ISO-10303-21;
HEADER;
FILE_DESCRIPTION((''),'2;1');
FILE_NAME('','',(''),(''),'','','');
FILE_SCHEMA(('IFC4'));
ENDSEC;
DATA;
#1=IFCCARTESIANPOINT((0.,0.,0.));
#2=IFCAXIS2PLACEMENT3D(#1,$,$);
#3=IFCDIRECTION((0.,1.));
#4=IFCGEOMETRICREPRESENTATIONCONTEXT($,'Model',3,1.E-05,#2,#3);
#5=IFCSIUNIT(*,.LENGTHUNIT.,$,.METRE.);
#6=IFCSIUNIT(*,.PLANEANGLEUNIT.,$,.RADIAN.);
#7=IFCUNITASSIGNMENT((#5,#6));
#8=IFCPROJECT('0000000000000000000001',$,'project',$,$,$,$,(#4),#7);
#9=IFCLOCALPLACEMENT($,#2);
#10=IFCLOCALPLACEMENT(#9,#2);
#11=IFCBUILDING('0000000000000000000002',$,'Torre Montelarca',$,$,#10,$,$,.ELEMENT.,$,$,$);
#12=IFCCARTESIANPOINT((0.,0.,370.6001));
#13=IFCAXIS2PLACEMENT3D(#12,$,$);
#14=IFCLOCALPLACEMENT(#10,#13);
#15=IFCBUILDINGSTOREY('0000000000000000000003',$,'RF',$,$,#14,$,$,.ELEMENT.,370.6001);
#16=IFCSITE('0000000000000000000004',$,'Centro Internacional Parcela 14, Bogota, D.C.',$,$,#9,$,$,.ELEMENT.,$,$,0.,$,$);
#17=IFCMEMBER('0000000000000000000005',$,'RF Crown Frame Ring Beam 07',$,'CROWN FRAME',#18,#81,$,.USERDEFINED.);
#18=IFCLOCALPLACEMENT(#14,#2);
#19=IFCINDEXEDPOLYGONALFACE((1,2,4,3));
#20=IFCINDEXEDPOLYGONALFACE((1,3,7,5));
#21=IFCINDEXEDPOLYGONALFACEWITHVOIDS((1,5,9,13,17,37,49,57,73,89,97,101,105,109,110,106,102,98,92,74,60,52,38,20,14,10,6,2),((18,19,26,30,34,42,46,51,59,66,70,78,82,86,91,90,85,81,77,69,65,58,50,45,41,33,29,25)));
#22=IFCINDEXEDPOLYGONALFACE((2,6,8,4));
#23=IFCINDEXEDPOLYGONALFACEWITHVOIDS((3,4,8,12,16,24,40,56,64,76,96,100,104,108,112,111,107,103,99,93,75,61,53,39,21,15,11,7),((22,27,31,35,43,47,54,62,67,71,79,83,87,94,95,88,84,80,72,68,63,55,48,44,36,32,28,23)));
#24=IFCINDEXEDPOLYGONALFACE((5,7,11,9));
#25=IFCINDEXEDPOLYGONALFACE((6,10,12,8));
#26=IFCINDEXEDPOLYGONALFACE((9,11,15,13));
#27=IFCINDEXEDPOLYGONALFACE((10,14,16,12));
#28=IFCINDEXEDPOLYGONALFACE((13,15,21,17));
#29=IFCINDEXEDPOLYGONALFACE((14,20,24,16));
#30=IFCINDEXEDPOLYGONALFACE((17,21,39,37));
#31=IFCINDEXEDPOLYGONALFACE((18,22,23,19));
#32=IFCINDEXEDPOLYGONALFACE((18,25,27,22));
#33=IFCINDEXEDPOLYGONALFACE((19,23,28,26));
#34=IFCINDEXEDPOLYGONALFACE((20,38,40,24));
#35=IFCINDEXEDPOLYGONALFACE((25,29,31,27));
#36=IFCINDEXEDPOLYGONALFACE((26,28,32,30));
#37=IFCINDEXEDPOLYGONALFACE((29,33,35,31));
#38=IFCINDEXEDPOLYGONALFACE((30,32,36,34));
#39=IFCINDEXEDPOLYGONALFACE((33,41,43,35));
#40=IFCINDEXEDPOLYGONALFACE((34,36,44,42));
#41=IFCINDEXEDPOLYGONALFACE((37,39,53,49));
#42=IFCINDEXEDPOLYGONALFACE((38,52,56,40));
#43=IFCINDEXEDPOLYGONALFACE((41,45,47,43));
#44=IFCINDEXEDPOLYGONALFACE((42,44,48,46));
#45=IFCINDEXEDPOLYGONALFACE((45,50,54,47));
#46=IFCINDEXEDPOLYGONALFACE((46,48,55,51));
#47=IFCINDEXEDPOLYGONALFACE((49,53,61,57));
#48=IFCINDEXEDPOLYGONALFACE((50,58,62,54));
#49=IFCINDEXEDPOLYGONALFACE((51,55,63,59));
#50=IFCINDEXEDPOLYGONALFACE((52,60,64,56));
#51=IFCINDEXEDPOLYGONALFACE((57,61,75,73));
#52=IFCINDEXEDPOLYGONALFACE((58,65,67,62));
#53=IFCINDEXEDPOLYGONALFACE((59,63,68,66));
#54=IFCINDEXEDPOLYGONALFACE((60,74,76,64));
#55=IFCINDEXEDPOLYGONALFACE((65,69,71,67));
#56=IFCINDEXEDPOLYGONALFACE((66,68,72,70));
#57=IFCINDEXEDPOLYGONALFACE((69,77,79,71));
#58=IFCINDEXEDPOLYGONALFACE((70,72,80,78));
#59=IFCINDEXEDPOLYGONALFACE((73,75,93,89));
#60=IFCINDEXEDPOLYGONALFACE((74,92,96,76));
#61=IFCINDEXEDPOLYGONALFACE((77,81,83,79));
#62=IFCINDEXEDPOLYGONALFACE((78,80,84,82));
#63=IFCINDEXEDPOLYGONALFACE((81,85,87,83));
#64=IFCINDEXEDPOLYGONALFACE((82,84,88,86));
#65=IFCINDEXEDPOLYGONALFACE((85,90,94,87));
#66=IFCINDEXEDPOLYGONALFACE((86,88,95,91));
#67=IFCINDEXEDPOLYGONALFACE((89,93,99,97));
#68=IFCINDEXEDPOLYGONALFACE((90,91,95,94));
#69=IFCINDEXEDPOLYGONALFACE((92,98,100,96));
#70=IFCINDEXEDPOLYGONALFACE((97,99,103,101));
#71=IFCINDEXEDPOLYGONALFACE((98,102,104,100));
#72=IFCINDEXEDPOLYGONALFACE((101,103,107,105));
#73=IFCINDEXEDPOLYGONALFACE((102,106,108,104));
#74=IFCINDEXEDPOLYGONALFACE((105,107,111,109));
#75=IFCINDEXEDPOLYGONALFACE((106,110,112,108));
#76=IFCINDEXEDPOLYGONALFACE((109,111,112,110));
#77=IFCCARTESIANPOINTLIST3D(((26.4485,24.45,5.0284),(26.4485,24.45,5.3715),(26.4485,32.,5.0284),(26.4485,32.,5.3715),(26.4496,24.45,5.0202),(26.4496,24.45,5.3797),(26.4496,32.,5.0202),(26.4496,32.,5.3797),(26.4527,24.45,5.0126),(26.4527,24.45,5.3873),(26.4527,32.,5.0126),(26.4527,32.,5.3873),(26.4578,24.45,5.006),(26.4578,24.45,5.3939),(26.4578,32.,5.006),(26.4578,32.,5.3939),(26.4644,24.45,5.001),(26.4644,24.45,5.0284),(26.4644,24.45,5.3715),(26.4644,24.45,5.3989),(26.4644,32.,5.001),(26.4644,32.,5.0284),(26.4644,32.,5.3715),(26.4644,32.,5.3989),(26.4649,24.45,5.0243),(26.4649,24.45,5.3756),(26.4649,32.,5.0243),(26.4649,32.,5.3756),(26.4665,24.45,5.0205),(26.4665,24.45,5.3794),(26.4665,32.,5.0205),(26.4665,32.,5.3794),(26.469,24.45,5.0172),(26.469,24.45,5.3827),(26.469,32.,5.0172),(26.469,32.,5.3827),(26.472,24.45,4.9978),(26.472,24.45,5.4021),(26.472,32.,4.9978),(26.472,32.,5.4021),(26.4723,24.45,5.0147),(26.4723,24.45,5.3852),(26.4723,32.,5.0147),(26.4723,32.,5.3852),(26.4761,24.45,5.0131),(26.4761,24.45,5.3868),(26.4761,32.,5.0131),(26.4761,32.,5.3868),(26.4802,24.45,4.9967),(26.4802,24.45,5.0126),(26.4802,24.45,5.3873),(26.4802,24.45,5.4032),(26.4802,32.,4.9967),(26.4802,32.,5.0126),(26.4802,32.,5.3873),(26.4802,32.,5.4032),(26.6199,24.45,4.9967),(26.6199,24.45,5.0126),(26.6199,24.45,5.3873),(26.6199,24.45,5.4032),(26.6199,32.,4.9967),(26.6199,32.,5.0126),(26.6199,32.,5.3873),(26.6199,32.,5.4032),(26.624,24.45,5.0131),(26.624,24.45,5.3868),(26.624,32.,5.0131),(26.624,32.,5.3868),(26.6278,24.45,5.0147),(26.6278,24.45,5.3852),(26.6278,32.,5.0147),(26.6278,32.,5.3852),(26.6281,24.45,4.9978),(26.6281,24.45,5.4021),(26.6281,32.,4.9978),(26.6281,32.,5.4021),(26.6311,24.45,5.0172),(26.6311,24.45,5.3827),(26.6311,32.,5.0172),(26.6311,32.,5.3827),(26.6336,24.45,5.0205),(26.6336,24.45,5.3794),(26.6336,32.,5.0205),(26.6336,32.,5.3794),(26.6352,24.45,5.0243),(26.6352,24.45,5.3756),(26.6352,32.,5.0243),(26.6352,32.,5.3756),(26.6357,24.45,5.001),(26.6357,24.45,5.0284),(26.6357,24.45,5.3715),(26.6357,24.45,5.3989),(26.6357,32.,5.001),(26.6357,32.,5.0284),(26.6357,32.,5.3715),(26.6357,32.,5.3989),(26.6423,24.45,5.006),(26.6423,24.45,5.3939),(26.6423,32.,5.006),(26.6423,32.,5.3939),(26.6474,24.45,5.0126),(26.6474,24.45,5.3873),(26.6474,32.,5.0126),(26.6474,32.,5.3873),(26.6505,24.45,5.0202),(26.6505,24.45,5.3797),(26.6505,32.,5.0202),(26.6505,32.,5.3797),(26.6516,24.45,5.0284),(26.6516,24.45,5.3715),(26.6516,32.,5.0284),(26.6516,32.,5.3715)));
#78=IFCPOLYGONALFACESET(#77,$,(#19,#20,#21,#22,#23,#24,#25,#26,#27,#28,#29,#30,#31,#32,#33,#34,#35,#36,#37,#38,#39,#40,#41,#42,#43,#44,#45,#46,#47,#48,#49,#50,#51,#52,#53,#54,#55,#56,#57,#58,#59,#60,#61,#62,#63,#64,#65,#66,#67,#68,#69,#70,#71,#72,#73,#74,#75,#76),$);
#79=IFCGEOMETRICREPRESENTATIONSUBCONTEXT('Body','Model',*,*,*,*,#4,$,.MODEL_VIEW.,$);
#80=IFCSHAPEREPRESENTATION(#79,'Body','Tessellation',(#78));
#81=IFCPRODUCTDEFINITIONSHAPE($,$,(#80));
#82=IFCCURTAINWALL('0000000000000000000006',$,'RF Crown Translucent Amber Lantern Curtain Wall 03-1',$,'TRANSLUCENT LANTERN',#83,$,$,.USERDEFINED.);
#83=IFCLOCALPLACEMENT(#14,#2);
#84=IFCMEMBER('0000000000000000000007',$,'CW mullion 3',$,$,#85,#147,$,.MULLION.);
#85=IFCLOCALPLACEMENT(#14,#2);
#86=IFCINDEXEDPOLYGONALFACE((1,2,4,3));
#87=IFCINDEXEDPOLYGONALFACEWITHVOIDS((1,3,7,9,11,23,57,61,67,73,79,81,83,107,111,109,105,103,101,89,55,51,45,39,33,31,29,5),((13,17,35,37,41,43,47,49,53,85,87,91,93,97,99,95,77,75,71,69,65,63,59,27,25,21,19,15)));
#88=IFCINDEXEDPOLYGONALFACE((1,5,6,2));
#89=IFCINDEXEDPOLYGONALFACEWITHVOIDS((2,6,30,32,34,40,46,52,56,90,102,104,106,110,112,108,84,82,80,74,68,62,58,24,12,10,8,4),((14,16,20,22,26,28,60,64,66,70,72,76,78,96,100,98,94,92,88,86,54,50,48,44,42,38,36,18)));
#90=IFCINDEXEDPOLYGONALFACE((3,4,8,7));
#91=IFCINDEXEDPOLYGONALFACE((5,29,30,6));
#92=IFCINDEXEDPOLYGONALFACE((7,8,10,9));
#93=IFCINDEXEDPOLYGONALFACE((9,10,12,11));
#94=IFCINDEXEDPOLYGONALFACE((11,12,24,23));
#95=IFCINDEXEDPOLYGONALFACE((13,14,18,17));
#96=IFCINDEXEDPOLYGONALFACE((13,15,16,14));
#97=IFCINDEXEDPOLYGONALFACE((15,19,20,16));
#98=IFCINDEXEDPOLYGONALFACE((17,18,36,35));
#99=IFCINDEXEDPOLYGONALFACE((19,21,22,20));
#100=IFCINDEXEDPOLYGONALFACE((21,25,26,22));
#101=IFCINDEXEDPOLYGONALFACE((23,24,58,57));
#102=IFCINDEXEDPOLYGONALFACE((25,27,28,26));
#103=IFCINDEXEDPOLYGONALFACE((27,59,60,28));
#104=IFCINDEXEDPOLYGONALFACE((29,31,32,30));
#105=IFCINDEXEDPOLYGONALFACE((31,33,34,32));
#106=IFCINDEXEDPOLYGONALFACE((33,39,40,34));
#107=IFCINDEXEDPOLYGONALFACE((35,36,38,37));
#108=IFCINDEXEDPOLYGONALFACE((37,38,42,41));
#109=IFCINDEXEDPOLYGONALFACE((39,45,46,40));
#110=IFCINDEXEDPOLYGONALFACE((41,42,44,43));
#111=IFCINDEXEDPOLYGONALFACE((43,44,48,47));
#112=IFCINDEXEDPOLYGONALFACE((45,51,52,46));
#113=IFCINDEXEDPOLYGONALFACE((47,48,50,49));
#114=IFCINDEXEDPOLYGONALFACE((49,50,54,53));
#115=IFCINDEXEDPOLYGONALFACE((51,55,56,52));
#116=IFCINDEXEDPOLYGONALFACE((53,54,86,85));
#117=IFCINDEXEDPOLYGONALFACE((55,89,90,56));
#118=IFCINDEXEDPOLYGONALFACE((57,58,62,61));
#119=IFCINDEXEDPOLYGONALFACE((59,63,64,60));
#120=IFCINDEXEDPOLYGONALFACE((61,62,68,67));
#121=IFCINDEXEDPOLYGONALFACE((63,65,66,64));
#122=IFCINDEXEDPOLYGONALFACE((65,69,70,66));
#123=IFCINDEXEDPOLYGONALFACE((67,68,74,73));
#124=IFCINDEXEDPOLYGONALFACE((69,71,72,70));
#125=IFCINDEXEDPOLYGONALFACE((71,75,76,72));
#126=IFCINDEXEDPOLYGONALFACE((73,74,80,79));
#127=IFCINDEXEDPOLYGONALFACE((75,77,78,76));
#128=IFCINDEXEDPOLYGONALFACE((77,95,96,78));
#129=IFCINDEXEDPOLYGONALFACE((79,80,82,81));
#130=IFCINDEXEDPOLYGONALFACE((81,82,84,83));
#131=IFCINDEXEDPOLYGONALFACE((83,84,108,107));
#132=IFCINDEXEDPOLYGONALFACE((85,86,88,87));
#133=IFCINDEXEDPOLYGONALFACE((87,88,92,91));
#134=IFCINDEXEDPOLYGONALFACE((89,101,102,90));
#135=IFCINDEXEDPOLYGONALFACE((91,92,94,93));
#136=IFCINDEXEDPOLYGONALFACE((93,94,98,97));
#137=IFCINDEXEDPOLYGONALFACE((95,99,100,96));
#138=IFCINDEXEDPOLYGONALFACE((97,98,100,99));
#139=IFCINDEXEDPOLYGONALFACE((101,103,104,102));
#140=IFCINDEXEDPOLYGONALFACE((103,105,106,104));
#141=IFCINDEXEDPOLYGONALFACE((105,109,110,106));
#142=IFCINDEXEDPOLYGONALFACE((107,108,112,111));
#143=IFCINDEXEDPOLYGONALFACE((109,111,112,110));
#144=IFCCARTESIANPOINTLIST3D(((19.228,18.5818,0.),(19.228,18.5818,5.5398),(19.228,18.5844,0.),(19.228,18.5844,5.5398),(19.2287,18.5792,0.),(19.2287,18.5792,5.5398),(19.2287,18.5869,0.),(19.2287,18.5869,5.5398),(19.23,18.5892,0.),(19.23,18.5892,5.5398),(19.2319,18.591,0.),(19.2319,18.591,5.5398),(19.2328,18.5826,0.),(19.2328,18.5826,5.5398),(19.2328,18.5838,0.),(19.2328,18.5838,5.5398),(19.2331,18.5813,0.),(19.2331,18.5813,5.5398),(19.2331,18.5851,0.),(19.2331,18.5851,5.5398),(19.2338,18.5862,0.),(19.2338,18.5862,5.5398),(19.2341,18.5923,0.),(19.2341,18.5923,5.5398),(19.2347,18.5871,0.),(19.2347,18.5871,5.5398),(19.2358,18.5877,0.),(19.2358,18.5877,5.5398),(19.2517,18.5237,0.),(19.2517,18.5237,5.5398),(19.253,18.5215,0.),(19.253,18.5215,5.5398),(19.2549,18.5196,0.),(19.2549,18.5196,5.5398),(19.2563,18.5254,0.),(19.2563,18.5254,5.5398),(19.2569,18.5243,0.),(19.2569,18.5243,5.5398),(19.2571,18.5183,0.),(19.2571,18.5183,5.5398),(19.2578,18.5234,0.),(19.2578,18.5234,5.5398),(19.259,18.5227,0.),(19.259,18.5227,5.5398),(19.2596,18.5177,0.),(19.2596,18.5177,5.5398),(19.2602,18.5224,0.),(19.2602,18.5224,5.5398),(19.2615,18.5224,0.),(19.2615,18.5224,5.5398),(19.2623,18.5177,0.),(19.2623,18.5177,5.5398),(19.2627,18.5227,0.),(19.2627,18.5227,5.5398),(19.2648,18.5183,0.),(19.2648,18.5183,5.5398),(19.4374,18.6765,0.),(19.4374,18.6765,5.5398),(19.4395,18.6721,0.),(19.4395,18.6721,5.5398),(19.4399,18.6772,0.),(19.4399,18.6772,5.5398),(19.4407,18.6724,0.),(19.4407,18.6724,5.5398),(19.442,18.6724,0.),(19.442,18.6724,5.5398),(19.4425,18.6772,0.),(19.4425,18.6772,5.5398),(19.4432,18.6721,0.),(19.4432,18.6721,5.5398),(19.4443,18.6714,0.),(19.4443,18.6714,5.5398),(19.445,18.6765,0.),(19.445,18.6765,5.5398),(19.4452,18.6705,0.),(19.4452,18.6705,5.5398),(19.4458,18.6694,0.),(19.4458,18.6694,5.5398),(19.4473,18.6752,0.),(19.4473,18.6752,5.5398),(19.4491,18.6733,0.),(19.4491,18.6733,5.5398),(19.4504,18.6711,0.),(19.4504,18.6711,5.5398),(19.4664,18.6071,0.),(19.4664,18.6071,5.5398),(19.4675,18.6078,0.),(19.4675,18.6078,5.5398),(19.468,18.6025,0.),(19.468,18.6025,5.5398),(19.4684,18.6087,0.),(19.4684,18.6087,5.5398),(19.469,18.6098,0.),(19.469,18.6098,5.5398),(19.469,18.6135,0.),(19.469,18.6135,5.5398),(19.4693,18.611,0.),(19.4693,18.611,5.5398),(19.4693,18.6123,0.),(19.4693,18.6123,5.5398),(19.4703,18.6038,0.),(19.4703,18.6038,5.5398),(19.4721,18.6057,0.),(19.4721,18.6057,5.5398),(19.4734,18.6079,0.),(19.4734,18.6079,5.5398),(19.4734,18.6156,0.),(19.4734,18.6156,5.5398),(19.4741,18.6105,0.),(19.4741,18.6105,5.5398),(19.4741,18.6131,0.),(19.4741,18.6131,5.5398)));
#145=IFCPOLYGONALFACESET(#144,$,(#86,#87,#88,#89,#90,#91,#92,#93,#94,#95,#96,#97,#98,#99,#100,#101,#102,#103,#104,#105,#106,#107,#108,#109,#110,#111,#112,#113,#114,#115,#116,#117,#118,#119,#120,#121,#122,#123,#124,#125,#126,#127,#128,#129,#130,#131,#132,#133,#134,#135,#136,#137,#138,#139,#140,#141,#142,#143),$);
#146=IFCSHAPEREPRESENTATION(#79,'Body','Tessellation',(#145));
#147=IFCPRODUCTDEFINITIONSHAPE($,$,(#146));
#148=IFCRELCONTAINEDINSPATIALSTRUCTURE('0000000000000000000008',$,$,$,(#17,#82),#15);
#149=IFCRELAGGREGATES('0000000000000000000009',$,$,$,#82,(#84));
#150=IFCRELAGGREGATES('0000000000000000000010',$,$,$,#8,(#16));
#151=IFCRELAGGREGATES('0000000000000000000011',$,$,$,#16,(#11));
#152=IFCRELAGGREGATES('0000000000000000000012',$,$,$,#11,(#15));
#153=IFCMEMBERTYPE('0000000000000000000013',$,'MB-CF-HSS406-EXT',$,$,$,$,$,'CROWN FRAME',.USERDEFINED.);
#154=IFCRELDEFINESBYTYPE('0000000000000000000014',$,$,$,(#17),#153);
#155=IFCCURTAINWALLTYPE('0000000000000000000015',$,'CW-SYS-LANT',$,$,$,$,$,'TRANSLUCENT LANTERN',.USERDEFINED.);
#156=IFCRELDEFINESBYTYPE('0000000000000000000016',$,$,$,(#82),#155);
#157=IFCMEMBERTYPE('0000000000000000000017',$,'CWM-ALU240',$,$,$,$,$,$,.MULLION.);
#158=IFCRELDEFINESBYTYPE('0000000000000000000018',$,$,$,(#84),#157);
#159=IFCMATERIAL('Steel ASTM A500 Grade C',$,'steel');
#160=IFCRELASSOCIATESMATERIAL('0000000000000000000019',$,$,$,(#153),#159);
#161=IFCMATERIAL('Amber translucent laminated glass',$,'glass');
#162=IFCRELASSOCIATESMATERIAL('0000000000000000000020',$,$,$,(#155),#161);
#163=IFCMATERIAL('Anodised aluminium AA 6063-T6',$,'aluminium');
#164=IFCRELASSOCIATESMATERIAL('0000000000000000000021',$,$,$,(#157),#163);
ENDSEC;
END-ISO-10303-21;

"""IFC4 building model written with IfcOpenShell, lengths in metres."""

from ifc_helpers import new_model, si_unit, direction, frame, origin, origin_2d, place, context, subcontext, project, spatial, hollow_rectangle, extrude, source, transform, mapped, material, material_profile, profile_set, type_object, element, aggregate, save


model = new_model("IFC4")

# Units and contexts
model_context = context("Model", 3, precision=1e-05, world=origin(), true_north=direction((0.0, 1.0)))
body_context = subcontext(model_context, "Body", "Model", "MODEL_VIEW")
ifc_project = project(units=[si_unit("LENGTHUNIT", "METRE"), si_unit("PLANEANGLEUNIT", "RADIAN")], contexts=[model_context])

# Site, building, storey
site_placement = place(None, origin())
site = spatial("IfcSite", under=ifc_project, at=site_placement, Name="Centro Internacional Parcela 14, Bogota, D.C.", CompositionType="ELEMENT", RefElevation=0.0)
building_placement = place(site_placement, origin())
building = spatial("IfcBuilding", under=site, at=building_placement, Name="Torre Montelarca", CompositionType="ELEMENT")
storey_placement = place(building_placement, frame((0.0, 0.0, 370.6001)))
storey = spatial("IfcBuildingStorey", under=building, at=storey_placement, Name="RF", CompositionType="ELEMENT", Elevation=370.6001)

# Shared definitions
ifc_material_1 = material(Name="Steel ASTM A500 Grade C", Category="steel")

# Member
ifc_material_profile_1 = material_profile(ifc_material_1, hollow_rectangle(XDim=0.2031, YDim=0.4065, WallThickness=0.0159, InnerFilletRadius=0.0159, OuterFilletRadius=0.0317, at=origin_2d()), Name="HSS406X203X15.9", Category="steel")
ifc_profile_set_1 = profile_set([ifc_material_profile_1], Name="Steel ASTM A500 Grade C")
member_type_1 = type_object("IfcMemberType", Name="MB-CF-HSS406-EXT", ElementType="CROWN FRAME", PredefinedType="USERDEFINED", material=ifc_profile_set_1)
shared_shape_1 = source(origin(), body_context, "Body", "SweptSolid", [
    extrude(hollow_rectangle(XDim=0.2031, YDim=0.4065, WallThickness=0.0159, InnerFilletRadius=0.0159, OuterFilletRadius=0.0317, at=origin_2d()), origin(), (0.0, 0.0, 1.0), 7.55),
])
member_1_placement = place(storey_placement, frame((26.55, 24.45, 5.2), z_axis=(0.0, 1.0, 0.0), x_axis=(-1.0, 0.0, 0.0)))
element("IfcMember", 1, at=member_1_placement, inside=storey, type_object=member_type_1, Name="RF Crown Frame Ring Beam 07", ObjectType="CROWN FRAME", PredefinedType="USERDEFINED", context=body_context, shape_type="MappedRepresentation", body=[
    mapped(shared_shape_1, transform((0.0, 0.0, 0.0), scale=1.0)),
])

# Curtain wall, member
ifc_material_2 = material(Name="Amber translucent laminated glass", Category="glass")
curtain_wall_type = type_object("IfcCurtainWallType", Name="CW-SYS-LANT", ElementType="TRANSLUCENT LANTERN", PredefinedType="USERDEFINED", material=ifc_material_2)
curtain_wall_placement = place(storey_placement, origin())
curtain_wall = element("IfcCurtainWall", 2, at=curtain_wall_placement, inside=storey, type_object=curtain_wall_type, Name="RF Crown Translucent Amber Lantern Curtain Wall 03-1", ObjectType="TRANSLUCENT LANTERN", PredefinedType="USERDEFINED")
ifc_material_3 = material(Name="Anodised aluminium AA 6063-T6", Category="aluminium")
ifc_material_profile_2 = material_profile(ifc_material_3, hollow_rectangle(XDim=0.0801, YDim=0.24, WallThickness=0.0049, InnerFilletRadius=0.0049, OuterFilletRadius=0.01, at=origin_2d()), Name="ALU80X240X5", Category="aluminium")
ifc_profile_set_2 = profile_set([ifc_material_profile_2], Name="Anodised aluminium AA 6063-T6")
member_type_2 = type_object("IfcMemberType", Name="CWM-ALU240", PredefinedType="MULLION", material=ifc_profile_set_2)
shared_shape_2 = source(origin(), body_context, "Body", "SweptSolid", [
    extrude(hollow_rectangle(XDim=0.0801, YDim=0.24, WallThickness=0.0049, InnerFilletRadius=0.0049, OuterFilletRadius=0.01, at=origin_2d()), origin(), (0.0, 0.0, 1.0), 5.5398),
])
member_2_placement = place(storey_placement, frame((19.3511, 18.5974, 0.0), z_axis=(0.0, 0.0, 1.0), x_axis=(-0.382687, 0.923878, 0.0)))
member_2 = element("IfcMember", 3, at=member_2_placement, type_object=member_type_2, Name="CW mullion 3", PredefinedType="MULLION", context=body_context, shape_type="MappedRepresentation", body=[
    mapped(shared_shape_2, transform((0.0, 0.0, 0.0), scale=1.0)),
])

aggregate(curtain_wall, [member_2])

save(model, "model.ifc")
